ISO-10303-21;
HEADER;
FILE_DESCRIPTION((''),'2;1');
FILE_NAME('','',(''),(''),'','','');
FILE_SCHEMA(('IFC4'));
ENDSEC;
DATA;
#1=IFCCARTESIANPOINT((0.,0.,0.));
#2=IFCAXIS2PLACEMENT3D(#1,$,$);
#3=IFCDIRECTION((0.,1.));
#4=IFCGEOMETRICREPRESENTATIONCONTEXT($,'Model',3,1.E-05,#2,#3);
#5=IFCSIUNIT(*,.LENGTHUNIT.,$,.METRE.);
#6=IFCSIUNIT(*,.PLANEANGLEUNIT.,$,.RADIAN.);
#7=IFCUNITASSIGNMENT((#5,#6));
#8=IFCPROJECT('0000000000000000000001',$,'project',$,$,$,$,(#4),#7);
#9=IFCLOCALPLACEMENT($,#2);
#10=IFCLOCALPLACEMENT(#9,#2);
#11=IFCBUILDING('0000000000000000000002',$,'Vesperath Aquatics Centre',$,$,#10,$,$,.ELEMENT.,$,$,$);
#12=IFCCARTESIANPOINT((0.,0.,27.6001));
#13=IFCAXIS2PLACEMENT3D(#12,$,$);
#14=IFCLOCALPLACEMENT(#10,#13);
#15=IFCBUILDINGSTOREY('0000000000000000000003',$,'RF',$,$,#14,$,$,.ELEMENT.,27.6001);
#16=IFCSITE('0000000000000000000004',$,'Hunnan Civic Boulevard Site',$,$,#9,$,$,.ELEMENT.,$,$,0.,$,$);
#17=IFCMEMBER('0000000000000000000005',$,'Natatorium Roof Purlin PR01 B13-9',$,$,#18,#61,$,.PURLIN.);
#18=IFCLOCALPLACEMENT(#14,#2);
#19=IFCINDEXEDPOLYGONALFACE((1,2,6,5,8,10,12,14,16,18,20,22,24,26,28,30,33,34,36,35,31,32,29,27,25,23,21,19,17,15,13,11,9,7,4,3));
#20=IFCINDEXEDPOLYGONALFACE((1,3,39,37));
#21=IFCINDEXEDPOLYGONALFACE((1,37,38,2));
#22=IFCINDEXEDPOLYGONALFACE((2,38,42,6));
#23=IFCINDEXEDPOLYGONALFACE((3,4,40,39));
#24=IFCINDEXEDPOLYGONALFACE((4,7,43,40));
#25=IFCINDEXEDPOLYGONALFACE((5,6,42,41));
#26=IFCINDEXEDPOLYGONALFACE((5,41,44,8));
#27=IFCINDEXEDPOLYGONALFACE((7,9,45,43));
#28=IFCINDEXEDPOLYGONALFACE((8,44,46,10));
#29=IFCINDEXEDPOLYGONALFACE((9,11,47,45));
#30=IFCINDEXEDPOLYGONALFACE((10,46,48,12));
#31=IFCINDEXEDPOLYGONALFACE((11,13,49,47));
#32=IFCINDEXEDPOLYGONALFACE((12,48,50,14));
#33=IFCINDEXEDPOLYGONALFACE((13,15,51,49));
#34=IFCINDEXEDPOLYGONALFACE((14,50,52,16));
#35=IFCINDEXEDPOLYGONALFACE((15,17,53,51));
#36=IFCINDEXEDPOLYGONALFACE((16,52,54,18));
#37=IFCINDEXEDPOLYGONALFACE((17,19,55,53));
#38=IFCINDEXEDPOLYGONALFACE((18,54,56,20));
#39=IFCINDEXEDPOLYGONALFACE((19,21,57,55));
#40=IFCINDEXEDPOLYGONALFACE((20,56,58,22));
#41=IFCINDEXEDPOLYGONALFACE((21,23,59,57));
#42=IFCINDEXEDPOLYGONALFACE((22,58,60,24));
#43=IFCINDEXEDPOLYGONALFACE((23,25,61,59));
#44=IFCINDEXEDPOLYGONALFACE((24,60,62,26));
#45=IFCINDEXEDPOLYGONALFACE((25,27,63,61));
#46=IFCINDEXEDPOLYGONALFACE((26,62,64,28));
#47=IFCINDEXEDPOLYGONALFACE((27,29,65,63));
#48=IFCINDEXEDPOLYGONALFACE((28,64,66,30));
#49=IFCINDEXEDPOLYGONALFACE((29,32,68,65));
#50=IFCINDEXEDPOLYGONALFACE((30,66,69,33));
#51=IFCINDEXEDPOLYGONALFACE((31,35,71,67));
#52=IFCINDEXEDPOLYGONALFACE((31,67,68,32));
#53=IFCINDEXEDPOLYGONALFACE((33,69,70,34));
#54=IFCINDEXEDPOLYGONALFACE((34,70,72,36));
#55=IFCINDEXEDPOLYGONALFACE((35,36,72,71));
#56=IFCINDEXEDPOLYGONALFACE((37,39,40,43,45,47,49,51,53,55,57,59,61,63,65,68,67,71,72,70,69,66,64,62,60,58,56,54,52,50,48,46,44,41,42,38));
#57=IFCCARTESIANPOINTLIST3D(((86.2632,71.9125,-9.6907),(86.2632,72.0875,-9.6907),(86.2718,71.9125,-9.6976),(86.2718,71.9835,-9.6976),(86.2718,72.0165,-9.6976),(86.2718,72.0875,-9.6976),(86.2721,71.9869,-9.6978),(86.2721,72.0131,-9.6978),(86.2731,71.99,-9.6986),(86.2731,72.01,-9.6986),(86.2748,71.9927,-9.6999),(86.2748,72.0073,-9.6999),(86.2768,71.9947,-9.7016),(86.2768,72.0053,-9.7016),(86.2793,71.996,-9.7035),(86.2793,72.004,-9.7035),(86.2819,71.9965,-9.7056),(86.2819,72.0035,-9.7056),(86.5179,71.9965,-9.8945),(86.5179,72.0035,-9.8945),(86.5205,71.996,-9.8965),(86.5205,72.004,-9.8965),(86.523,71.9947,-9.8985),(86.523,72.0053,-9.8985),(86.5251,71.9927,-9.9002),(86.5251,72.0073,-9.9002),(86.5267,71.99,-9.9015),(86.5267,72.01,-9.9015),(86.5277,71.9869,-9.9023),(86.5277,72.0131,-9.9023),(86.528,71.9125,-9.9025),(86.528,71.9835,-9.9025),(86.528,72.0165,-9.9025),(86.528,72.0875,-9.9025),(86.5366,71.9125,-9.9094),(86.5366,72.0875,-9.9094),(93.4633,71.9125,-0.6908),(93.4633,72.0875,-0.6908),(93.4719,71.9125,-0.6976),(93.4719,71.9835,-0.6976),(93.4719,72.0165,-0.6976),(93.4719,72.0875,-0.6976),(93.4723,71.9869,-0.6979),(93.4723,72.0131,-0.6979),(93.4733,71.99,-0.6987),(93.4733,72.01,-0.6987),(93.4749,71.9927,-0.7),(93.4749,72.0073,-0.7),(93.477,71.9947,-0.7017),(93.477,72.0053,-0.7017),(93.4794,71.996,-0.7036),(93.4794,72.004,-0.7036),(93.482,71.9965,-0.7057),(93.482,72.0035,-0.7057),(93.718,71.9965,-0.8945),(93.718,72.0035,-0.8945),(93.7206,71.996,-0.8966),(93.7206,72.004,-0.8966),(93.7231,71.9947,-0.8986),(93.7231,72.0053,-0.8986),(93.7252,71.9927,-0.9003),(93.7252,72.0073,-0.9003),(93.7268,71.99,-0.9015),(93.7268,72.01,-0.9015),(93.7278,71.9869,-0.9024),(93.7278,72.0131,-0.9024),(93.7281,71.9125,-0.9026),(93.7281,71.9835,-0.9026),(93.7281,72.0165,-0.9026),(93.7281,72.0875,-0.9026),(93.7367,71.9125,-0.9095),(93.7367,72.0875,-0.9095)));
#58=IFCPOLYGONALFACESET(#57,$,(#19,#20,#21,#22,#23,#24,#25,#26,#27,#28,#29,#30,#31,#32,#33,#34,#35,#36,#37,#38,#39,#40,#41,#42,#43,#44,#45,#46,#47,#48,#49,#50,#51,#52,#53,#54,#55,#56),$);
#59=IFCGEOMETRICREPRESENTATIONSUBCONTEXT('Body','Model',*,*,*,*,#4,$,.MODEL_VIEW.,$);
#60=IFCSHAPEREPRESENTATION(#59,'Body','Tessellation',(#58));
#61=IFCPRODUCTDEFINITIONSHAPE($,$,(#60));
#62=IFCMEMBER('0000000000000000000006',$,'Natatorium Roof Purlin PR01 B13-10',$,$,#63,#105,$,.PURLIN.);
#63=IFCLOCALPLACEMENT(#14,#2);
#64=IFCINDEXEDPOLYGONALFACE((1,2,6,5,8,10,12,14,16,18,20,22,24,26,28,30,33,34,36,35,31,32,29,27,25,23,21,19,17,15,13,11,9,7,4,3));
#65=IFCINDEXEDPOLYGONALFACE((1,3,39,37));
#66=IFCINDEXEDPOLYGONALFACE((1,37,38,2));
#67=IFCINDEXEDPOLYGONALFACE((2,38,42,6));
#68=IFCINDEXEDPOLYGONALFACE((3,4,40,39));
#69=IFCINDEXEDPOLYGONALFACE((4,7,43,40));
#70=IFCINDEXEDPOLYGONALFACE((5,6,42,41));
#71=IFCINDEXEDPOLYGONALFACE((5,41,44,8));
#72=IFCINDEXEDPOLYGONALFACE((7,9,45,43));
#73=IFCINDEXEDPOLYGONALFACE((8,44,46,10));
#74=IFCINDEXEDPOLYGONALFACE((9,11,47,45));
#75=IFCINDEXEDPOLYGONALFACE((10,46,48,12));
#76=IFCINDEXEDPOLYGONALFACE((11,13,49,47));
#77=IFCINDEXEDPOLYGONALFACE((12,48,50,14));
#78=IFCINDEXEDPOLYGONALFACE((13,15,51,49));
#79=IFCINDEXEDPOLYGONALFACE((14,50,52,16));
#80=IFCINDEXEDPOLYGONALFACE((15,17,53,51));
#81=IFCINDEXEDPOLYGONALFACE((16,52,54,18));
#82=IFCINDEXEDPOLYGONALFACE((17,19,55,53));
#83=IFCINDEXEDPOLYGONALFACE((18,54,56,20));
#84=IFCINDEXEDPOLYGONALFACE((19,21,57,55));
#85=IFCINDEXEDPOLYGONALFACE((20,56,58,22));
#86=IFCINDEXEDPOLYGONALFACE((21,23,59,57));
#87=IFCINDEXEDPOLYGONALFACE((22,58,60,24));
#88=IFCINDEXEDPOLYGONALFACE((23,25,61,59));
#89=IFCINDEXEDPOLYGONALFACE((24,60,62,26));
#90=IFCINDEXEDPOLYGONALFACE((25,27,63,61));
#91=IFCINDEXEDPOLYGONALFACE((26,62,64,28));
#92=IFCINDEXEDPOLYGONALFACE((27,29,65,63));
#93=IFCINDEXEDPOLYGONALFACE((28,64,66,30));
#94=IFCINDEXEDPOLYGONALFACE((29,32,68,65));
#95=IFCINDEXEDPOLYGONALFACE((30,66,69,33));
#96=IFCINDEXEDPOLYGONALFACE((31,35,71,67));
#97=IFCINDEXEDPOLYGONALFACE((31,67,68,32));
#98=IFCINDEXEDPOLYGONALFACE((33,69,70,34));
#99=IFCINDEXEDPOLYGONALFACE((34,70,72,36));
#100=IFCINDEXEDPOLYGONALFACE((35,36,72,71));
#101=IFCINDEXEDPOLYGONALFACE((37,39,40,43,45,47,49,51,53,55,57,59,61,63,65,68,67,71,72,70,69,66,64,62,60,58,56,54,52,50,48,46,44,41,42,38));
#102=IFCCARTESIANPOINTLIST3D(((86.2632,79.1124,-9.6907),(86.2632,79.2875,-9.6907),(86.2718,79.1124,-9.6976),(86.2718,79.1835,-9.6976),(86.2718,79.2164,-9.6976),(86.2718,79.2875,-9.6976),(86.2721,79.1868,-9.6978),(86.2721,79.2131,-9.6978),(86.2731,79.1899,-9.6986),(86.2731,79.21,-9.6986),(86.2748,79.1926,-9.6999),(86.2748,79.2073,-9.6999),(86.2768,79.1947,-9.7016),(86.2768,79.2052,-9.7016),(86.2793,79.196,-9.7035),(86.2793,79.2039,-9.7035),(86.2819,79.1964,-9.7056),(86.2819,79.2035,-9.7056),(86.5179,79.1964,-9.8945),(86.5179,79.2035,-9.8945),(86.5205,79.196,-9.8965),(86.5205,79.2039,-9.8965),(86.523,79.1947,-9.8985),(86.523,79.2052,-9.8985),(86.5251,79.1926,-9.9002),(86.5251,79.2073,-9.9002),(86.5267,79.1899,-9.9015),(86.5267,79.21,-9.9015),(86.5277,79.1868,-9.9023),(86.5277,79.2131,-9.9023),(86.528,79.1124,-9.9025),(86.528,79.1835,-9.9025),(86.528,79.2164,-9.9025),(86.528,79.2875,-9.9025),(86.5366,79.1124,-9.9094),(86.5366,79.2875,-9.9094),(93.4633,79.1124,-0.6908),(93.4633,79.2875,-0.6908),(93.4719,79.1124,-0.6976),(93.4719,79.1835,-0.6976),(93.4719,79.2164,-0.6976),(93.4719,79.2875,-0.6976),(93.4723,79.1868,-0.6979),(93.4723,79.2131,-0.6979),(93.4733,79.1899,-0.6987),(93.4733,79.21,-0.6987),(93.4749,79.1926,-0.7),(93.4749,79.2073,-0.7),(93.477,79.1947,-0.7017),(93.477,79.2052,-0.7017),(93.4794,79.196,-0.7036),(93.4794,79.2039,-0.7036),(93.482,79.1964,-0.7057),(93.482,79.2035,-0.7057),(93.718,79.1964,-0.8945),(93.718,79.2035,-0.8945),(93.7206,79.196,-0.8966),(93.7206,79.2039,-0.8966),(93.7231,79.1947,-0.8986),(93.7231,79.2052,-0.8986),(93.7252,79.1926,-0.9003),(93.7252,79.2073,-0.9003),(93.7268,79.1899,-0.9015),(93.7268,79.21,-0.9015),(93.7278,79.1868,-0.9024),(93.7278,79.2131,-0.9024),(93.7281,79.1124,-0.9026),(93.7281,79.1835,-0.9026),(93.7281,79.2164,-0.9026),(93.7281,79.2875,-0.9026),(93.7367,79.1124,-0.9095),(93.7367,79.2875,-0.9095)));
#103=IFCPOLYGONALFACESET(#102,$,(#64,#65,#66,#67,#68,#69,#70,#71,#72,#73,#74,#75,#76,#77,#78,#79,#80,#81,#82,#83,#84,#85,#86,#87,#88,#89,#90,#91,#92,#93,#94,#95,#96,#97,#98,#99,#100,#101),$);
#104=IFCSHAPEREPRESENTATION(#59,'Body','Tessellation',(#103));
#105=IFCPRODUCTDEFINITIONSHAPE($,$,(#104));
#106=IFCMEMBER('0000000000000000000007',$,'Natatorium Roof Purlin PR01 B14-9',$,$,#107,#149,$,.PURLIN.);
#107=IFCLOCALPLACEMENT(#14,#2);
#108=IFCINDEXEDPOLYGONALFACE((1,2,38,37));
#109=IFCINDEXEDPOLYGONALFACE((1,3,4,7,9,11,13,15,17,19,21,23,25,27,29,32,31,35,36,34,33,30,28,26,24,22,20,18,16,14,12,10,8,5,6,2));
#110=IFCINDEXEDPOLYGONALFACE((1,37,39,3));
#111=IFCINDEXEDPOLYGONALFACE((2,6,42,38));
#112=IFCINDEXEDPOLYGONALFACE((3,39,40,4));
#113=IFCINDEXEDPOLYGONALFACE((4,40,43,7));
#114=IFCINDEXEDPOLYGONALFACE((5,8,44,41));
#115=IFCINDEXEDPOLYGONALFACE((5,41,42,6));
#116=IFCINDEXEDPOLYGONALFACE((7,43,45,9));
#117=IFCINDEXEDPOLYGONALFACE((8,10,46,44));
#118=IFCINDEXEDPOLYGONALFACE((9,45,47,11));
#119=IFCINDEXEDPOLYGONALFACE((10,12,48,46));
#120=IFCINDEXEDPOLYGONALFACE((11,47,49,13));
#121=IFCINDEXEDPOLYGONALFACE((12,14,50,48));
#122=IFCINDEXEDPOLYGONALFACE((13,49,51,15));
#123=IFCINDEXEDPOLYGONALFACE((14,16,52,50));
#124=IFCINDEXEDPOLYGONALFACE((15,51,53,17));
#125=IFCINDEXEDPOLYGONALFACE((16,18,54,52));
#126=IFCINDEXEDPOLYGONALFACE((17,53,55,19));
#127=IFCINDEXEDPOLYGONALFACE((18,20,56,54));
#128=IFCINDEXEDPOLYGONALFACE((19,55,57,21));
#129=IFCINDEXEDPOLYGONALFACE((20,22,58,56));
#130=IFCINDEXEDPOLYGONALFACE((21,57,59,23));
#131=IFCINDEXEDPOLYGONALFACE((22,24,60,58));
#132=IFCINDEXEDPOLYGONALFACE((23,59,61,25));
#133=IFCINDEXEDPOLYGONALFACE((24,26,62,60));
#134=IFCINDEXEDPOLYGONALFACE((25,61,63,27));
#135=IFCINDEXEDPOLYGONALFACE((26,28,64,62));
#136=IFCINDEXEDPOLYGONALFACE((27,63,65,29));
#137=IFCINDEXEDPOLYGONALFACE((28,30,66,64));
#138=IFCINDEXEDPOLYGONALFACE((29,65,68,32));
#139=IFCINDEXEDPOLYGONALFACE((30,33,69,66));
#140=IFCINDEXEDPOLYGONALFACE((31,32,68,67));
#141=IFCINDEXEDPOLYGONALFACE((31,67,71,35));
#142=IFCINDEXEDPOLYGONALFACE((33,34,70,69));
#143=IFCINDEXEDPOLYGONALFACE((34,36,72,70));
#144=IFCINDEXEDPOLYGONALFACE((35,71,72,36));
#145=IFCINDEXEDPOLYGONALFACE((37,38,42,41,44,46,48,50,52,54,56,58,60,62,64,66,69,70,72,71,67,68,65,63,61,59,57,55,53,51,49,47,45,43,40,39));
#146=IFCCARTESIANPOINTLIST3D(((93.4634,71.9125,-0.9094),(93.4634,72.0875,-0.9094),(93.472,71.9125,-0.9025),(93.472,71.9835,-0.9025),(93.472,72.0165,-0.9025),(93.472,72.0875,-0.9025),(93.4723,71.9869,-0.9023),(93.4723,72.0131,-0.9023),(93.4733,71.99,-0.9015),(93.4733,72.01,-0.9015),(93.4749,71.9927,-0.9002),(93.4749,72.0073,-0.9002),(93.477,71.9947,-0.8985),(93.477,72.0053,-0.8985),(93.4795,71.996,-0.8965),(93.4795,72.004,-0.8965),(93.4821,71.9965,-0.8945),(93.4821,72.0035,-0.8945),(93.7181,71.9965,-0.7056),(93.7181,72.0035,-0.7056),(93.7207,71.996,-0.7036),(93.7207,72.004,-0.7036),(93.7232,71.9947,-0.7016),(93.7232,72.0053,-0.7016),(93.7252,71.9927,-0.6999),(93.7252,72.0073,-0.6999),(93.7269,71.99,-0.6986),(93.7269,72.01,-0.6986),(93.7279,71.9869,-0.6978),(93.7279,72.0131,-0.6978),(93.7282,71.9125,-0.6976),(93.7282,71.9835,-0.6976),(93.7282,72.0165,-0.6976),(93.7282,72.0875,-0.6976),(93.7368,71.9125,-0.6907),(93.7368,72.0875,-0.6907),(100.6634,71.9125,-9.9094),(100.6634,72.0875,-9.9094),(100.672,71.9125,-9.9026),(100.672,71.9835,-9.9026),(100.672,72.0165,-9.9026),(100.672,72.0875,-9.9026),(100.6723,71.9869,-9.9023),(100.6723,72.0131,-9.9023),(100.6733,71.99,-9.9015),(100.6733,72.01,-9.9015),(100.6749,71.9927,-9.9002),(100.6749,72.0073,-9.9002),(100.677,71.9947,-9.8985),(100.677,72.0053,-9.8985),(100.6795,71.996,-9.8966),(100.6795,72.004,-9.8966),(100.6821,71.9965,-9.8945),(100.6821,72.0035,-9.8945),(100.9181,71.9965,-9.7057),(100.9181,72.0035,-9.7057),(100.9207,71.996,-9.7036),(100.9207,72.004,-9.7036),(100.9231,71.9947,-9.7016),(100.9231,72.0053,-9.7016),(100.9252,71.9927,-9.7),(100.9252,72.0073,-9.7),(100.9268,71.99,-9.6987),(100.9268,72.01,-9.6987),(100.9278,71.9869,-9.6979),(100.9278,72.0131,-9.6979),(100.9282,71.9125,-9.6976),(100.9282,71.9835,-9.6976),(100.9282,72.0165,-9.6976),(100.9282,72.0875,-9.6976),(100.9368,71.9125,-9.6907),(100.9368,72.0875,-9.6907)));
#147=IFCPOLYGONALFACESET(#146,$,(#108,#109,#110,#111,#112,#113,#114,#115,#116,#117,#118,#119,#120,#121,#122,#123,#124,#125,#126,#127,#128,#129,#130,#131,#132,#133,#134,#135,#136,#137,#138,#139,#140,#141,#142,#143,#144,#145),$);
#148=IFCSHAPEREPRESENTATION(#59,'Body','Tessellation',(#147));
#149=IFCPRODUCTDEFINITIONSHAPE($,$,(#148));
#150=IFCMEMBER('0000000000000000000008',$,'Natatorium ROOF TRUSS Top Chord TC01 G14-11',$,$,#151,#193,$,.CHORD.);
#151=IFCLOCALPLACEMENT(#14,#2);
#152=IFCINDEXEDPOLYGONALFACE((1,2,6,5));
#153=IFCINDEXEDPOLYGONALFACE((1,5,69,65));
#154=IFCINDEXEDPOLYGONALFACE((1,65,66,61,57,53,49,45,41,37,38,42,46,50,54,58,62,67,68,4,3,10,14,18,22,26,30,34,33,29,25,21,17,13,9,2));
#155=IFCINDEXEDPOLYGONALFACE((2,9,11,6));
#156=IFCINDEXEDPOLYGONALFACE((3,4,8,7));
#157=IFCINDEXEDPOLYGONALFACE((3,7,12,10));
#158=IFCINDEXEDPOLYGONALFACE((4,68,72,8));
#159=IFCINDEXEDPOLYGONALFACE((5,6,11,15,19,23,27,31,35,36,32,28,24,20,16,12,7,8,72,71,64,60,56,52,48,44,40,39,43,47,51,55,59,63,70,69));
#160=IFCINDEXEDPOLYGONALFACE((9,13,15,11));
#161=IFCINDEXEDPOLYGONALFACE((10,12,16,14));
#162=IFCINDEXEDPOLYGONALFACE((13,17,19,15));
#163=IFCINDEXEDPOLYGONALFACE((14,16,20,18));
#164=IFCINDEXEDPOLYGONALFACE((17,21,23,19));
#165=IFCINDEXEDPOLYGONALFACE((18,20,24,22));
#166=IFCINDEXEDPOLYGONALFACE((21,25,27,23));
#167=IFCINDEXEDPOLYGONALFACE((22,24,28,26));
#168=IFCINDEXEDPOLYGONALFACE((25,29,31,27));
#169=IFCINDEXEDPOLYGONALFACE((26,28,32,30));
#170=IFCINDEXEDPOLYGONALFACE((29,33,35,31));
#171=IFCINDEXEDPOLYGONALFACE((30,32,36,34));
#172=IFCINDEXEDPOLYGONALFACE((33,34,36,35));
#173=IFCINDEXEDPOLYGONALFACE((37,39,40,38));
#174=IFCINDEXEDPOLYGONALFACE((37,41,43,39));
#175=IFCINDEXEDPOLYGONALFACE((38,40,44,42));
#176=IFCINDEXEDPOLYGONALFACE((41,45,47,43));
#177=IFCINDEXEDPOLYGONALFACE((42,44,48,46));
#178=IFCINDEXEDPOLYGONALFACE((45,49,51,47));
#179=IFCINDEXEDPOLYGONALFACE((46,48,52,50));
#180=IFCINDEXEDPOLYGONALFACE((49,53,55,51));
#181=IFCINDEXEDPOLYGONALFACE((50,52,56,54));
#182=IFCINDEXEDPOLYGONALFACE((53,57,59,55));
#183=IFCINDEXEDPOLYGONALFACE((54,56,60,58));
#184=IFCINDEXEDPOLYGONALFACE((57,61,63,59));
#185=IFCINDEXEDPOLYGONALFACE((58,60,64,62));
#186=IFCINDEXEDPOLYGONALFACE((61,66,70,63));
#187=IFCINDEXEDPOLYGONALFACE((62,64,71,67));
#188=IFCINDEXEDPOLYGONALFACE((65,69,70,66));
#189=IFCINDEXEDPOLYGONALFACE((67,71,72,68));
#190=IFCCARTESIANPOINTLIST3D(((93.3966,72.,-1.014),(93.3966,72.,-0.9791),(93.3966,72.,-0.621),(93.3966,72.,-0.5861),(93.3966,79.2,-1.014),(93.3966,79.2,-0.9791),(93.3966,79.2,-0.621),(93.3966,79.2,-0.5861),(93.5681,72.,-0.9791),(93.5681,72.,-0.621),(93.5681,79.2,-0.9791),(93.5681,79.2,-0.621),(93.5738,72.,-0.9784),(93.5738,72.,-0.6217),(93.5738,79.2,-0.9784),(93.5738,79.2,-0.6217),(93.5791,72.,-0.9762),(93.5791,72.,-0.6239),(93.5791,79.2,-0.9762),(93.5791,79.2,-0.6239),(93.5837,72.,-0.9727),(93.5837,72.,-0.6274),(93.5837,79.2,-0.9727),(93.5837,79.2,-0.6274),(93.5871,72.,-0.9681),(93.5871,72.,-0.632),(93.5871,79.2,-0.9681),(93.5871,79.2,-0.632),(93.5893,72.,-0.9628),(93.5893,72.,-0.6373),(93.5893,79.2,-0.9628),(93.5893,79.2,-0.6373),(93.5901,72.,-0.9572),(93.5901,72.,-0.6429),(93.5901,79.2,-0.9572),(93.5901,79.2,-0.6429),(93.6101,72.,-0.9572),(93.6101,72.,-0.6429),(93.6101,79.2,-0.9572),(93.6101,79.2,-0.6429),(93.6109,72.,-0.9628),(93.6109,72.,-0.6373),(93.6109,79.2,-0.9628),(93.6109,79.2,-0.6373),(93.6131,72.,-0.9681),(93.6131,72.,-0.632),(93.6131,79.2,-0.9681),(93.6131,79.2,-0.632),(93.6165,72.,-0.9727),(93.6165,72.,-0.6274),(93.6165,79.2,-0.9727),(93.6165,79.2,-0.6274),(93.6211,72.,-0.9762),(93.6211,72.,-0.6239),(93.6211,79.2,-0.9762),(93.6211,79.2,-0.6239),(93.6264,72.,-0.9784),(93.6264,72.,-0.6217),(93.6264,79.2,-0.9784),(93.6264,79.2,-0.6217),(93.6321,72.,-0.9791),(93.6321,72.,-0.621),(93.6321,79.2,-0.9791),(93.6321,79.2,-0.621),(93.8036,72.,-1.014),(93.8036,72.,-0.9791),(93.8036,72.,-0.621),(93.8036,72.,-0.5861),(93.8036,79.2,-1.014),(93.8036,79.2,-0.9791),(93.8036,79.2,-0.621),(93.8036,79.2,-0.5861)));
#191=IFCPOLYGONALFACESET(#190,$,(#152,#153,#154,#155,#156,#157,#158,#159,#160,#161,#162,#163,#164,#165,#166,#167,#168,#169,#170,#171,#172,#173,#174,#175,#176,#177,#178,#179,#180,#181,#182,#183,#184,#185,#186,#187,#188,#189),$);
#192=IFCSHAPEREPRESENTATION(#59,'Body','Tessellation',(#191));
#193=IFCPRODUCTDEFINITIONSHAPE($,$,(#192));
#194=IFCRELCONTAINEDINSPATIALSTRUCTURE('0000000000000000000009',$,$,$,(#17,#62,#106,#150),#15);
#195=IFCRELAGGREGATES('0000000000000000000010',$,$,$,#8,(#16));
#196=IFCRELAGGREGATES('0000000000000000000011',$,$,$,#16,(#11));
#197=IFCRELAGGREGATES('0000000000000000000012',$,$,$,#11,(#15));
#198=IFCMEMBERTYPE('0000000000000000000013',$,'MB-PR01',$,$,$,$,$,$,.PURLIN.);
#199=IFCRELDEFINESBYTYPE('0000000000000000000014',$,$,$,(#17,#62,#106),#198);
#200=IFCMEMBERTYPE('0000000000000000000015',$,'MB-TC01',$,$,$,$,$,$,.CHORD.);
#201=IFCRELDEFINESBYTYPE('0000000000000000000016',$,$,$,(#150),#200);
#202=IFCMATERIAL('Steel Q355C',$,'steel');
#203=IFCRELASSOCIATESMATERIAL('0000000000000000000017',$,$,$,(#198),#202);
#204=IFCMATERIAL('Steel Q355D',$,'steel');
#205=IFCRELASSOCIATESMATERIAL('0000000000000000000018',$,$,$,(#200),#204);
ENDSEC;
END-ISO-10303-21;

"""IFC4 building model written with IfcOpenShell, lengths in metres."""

from ifc_helpers import new_model, si_unit, direction, frame, origin, origin_2d, place, context, subcontext, project, spatial, i_section, extrude, material, material_profile, profile_set, type_object, element, save


model = new_model("IFC4")

# Units and contexts
model_context = context("Model", 3, precision=1e-05, world=origin(), true_north=direction((0.0, 1.0)))
body_context = subcontext(model_context, "Body", "Model", "MODEL_VIEW")
ifc_project = project(units=[si_unit("LENGTHUNIT", "METRE"), si_unit("PLANEANGLEUNIT", "RADIAN")], contexts=[model_context])

# Site, building, storey
site_placement = place(None, origin())
site = spatial("IfcSite", under=ifc_project, at=site_placement, Name="Hunnan Civic Boulevard Site", CompositionType="ELEMENT", RefElevation=0.0)
building_placement = place(site_placement, origin())
building = spatial("IfcBuilding", under=site, at=building_placement, Name="Vesperath Aquatics Centre", CompositionType="ELEMENT")
storey_placement = place(building_placement, frame((0.0, 0.0, 27.6001)))
storey = spatial("IfcBuildingStorey", under=building, at=storey_placement, Name="RF", CompositionType="ELEMENT", Elevation=27.6001)

# Shared definitions
ifc_material_1 = material(Name="Steel Q355C", Category="steel")

# Members
ifc_material_2 = material(Name="Steel Q355D", Category="steel")
ifc_material_profile_1 = material_profile(ifc_material_1, i_section(OverallWidth=0.175, OverallDepth=0.3501, WebThickness=0.0071, FlangeThickness=0.011, FilletRadius=0.0129, at=origin_2d()), Name="HN 350x175x7x11")
ifc_profile_set_1 = profile_set([ifc_material_profile_1], Name="Steel Q355C")
member_type_1 = type_object("IfcMemberType", Name="MB-PR01", PredefinedType="PURLIN", material=ifc_profile_set_1)
for number, where, z_axis, x_axis, name in (
    (1, (86.3999, 72.0, -9.8), (0.624705, 0.0, 0.780861), (0.0, 1.0, 0.0), "Natatorium Roof Purlin PR01 B13-9"),
    (2, (86.3999, 79.2, -9.8), (0.624705, 0.0, 0.780861), (0.0, 1.0, 0.0), "Natatorium Roof Purlin PR01 B13-10"),
    (3, (93.6001, 72.0, -0.8), (0.624692, 0.0, -0.780871), (0.0, 1.0, 0.0), "Natatorium Roof Purlin PR01 B14-9"),
):
    element("IfcMember", number, at=place(storey_placement, frame(where, z_axis=z_axis, x_axis=x_axis)), inside=storey, type_object=member_type_1, Name=name, PredefinedType="PURLIN", context=body_context, shape_type="SweptSolid", body=[
        extrude(i_section(OverallWidth=0.175, OverallDepth=0.3501, WebThickness=0.0071, FlangeThickness=0.011, FilletRadius=0.0129, at=origin_2d()), origin(), (0.0, 0.0, 1.0), 11.5256),
    ])
ifc_material_profile_2 = material_profile(ifc_material_2, i_section(OverallWidth=0.407, OverallDepth=0.428, WebThickness=0.02, FlangeThickness=0.0349, FilletRadius=0.022, at=origin_2d()), Name="HW 428x407x20x35")
ifc_profile_set_2 = profile_set([ifc_material_profile_2], Name="Steel Q355D")
member_type_2 = type_object("IfcMemberType", Name="MB-TC01", PredefinedType="CHORD", material=ifc_profile_set_2)
for number, where, z_axis, x_axis, name in (
    (4, (93.6001, 72.0, -0.8), (0.0, 1.0, 0.0), (-1.0, 0.0, 0.0), "Natatorium ROOF TRUSS Top Chord TC01 G14-11"),
):
    element("IfcMember", number, at=place(storey_placement, frame(where, z_axis=z_axis, x_axis=x_axis)), inside=storey, type_object=member_type_2, Name=name, PredefinedType="CHORD", context=body_context, shape_type="SweptSolid", body=[
        extrude(i_section(OverallWidth=0.407, OverallDepth=0.428, WebThickness=0.02, FlangeThickness=0.0349, FilletRadius=0.022, at=origin_2d()), origin(), (0.0, 0.0, 1.0), 7.2),
    ])

save(model, "model.ifc")
